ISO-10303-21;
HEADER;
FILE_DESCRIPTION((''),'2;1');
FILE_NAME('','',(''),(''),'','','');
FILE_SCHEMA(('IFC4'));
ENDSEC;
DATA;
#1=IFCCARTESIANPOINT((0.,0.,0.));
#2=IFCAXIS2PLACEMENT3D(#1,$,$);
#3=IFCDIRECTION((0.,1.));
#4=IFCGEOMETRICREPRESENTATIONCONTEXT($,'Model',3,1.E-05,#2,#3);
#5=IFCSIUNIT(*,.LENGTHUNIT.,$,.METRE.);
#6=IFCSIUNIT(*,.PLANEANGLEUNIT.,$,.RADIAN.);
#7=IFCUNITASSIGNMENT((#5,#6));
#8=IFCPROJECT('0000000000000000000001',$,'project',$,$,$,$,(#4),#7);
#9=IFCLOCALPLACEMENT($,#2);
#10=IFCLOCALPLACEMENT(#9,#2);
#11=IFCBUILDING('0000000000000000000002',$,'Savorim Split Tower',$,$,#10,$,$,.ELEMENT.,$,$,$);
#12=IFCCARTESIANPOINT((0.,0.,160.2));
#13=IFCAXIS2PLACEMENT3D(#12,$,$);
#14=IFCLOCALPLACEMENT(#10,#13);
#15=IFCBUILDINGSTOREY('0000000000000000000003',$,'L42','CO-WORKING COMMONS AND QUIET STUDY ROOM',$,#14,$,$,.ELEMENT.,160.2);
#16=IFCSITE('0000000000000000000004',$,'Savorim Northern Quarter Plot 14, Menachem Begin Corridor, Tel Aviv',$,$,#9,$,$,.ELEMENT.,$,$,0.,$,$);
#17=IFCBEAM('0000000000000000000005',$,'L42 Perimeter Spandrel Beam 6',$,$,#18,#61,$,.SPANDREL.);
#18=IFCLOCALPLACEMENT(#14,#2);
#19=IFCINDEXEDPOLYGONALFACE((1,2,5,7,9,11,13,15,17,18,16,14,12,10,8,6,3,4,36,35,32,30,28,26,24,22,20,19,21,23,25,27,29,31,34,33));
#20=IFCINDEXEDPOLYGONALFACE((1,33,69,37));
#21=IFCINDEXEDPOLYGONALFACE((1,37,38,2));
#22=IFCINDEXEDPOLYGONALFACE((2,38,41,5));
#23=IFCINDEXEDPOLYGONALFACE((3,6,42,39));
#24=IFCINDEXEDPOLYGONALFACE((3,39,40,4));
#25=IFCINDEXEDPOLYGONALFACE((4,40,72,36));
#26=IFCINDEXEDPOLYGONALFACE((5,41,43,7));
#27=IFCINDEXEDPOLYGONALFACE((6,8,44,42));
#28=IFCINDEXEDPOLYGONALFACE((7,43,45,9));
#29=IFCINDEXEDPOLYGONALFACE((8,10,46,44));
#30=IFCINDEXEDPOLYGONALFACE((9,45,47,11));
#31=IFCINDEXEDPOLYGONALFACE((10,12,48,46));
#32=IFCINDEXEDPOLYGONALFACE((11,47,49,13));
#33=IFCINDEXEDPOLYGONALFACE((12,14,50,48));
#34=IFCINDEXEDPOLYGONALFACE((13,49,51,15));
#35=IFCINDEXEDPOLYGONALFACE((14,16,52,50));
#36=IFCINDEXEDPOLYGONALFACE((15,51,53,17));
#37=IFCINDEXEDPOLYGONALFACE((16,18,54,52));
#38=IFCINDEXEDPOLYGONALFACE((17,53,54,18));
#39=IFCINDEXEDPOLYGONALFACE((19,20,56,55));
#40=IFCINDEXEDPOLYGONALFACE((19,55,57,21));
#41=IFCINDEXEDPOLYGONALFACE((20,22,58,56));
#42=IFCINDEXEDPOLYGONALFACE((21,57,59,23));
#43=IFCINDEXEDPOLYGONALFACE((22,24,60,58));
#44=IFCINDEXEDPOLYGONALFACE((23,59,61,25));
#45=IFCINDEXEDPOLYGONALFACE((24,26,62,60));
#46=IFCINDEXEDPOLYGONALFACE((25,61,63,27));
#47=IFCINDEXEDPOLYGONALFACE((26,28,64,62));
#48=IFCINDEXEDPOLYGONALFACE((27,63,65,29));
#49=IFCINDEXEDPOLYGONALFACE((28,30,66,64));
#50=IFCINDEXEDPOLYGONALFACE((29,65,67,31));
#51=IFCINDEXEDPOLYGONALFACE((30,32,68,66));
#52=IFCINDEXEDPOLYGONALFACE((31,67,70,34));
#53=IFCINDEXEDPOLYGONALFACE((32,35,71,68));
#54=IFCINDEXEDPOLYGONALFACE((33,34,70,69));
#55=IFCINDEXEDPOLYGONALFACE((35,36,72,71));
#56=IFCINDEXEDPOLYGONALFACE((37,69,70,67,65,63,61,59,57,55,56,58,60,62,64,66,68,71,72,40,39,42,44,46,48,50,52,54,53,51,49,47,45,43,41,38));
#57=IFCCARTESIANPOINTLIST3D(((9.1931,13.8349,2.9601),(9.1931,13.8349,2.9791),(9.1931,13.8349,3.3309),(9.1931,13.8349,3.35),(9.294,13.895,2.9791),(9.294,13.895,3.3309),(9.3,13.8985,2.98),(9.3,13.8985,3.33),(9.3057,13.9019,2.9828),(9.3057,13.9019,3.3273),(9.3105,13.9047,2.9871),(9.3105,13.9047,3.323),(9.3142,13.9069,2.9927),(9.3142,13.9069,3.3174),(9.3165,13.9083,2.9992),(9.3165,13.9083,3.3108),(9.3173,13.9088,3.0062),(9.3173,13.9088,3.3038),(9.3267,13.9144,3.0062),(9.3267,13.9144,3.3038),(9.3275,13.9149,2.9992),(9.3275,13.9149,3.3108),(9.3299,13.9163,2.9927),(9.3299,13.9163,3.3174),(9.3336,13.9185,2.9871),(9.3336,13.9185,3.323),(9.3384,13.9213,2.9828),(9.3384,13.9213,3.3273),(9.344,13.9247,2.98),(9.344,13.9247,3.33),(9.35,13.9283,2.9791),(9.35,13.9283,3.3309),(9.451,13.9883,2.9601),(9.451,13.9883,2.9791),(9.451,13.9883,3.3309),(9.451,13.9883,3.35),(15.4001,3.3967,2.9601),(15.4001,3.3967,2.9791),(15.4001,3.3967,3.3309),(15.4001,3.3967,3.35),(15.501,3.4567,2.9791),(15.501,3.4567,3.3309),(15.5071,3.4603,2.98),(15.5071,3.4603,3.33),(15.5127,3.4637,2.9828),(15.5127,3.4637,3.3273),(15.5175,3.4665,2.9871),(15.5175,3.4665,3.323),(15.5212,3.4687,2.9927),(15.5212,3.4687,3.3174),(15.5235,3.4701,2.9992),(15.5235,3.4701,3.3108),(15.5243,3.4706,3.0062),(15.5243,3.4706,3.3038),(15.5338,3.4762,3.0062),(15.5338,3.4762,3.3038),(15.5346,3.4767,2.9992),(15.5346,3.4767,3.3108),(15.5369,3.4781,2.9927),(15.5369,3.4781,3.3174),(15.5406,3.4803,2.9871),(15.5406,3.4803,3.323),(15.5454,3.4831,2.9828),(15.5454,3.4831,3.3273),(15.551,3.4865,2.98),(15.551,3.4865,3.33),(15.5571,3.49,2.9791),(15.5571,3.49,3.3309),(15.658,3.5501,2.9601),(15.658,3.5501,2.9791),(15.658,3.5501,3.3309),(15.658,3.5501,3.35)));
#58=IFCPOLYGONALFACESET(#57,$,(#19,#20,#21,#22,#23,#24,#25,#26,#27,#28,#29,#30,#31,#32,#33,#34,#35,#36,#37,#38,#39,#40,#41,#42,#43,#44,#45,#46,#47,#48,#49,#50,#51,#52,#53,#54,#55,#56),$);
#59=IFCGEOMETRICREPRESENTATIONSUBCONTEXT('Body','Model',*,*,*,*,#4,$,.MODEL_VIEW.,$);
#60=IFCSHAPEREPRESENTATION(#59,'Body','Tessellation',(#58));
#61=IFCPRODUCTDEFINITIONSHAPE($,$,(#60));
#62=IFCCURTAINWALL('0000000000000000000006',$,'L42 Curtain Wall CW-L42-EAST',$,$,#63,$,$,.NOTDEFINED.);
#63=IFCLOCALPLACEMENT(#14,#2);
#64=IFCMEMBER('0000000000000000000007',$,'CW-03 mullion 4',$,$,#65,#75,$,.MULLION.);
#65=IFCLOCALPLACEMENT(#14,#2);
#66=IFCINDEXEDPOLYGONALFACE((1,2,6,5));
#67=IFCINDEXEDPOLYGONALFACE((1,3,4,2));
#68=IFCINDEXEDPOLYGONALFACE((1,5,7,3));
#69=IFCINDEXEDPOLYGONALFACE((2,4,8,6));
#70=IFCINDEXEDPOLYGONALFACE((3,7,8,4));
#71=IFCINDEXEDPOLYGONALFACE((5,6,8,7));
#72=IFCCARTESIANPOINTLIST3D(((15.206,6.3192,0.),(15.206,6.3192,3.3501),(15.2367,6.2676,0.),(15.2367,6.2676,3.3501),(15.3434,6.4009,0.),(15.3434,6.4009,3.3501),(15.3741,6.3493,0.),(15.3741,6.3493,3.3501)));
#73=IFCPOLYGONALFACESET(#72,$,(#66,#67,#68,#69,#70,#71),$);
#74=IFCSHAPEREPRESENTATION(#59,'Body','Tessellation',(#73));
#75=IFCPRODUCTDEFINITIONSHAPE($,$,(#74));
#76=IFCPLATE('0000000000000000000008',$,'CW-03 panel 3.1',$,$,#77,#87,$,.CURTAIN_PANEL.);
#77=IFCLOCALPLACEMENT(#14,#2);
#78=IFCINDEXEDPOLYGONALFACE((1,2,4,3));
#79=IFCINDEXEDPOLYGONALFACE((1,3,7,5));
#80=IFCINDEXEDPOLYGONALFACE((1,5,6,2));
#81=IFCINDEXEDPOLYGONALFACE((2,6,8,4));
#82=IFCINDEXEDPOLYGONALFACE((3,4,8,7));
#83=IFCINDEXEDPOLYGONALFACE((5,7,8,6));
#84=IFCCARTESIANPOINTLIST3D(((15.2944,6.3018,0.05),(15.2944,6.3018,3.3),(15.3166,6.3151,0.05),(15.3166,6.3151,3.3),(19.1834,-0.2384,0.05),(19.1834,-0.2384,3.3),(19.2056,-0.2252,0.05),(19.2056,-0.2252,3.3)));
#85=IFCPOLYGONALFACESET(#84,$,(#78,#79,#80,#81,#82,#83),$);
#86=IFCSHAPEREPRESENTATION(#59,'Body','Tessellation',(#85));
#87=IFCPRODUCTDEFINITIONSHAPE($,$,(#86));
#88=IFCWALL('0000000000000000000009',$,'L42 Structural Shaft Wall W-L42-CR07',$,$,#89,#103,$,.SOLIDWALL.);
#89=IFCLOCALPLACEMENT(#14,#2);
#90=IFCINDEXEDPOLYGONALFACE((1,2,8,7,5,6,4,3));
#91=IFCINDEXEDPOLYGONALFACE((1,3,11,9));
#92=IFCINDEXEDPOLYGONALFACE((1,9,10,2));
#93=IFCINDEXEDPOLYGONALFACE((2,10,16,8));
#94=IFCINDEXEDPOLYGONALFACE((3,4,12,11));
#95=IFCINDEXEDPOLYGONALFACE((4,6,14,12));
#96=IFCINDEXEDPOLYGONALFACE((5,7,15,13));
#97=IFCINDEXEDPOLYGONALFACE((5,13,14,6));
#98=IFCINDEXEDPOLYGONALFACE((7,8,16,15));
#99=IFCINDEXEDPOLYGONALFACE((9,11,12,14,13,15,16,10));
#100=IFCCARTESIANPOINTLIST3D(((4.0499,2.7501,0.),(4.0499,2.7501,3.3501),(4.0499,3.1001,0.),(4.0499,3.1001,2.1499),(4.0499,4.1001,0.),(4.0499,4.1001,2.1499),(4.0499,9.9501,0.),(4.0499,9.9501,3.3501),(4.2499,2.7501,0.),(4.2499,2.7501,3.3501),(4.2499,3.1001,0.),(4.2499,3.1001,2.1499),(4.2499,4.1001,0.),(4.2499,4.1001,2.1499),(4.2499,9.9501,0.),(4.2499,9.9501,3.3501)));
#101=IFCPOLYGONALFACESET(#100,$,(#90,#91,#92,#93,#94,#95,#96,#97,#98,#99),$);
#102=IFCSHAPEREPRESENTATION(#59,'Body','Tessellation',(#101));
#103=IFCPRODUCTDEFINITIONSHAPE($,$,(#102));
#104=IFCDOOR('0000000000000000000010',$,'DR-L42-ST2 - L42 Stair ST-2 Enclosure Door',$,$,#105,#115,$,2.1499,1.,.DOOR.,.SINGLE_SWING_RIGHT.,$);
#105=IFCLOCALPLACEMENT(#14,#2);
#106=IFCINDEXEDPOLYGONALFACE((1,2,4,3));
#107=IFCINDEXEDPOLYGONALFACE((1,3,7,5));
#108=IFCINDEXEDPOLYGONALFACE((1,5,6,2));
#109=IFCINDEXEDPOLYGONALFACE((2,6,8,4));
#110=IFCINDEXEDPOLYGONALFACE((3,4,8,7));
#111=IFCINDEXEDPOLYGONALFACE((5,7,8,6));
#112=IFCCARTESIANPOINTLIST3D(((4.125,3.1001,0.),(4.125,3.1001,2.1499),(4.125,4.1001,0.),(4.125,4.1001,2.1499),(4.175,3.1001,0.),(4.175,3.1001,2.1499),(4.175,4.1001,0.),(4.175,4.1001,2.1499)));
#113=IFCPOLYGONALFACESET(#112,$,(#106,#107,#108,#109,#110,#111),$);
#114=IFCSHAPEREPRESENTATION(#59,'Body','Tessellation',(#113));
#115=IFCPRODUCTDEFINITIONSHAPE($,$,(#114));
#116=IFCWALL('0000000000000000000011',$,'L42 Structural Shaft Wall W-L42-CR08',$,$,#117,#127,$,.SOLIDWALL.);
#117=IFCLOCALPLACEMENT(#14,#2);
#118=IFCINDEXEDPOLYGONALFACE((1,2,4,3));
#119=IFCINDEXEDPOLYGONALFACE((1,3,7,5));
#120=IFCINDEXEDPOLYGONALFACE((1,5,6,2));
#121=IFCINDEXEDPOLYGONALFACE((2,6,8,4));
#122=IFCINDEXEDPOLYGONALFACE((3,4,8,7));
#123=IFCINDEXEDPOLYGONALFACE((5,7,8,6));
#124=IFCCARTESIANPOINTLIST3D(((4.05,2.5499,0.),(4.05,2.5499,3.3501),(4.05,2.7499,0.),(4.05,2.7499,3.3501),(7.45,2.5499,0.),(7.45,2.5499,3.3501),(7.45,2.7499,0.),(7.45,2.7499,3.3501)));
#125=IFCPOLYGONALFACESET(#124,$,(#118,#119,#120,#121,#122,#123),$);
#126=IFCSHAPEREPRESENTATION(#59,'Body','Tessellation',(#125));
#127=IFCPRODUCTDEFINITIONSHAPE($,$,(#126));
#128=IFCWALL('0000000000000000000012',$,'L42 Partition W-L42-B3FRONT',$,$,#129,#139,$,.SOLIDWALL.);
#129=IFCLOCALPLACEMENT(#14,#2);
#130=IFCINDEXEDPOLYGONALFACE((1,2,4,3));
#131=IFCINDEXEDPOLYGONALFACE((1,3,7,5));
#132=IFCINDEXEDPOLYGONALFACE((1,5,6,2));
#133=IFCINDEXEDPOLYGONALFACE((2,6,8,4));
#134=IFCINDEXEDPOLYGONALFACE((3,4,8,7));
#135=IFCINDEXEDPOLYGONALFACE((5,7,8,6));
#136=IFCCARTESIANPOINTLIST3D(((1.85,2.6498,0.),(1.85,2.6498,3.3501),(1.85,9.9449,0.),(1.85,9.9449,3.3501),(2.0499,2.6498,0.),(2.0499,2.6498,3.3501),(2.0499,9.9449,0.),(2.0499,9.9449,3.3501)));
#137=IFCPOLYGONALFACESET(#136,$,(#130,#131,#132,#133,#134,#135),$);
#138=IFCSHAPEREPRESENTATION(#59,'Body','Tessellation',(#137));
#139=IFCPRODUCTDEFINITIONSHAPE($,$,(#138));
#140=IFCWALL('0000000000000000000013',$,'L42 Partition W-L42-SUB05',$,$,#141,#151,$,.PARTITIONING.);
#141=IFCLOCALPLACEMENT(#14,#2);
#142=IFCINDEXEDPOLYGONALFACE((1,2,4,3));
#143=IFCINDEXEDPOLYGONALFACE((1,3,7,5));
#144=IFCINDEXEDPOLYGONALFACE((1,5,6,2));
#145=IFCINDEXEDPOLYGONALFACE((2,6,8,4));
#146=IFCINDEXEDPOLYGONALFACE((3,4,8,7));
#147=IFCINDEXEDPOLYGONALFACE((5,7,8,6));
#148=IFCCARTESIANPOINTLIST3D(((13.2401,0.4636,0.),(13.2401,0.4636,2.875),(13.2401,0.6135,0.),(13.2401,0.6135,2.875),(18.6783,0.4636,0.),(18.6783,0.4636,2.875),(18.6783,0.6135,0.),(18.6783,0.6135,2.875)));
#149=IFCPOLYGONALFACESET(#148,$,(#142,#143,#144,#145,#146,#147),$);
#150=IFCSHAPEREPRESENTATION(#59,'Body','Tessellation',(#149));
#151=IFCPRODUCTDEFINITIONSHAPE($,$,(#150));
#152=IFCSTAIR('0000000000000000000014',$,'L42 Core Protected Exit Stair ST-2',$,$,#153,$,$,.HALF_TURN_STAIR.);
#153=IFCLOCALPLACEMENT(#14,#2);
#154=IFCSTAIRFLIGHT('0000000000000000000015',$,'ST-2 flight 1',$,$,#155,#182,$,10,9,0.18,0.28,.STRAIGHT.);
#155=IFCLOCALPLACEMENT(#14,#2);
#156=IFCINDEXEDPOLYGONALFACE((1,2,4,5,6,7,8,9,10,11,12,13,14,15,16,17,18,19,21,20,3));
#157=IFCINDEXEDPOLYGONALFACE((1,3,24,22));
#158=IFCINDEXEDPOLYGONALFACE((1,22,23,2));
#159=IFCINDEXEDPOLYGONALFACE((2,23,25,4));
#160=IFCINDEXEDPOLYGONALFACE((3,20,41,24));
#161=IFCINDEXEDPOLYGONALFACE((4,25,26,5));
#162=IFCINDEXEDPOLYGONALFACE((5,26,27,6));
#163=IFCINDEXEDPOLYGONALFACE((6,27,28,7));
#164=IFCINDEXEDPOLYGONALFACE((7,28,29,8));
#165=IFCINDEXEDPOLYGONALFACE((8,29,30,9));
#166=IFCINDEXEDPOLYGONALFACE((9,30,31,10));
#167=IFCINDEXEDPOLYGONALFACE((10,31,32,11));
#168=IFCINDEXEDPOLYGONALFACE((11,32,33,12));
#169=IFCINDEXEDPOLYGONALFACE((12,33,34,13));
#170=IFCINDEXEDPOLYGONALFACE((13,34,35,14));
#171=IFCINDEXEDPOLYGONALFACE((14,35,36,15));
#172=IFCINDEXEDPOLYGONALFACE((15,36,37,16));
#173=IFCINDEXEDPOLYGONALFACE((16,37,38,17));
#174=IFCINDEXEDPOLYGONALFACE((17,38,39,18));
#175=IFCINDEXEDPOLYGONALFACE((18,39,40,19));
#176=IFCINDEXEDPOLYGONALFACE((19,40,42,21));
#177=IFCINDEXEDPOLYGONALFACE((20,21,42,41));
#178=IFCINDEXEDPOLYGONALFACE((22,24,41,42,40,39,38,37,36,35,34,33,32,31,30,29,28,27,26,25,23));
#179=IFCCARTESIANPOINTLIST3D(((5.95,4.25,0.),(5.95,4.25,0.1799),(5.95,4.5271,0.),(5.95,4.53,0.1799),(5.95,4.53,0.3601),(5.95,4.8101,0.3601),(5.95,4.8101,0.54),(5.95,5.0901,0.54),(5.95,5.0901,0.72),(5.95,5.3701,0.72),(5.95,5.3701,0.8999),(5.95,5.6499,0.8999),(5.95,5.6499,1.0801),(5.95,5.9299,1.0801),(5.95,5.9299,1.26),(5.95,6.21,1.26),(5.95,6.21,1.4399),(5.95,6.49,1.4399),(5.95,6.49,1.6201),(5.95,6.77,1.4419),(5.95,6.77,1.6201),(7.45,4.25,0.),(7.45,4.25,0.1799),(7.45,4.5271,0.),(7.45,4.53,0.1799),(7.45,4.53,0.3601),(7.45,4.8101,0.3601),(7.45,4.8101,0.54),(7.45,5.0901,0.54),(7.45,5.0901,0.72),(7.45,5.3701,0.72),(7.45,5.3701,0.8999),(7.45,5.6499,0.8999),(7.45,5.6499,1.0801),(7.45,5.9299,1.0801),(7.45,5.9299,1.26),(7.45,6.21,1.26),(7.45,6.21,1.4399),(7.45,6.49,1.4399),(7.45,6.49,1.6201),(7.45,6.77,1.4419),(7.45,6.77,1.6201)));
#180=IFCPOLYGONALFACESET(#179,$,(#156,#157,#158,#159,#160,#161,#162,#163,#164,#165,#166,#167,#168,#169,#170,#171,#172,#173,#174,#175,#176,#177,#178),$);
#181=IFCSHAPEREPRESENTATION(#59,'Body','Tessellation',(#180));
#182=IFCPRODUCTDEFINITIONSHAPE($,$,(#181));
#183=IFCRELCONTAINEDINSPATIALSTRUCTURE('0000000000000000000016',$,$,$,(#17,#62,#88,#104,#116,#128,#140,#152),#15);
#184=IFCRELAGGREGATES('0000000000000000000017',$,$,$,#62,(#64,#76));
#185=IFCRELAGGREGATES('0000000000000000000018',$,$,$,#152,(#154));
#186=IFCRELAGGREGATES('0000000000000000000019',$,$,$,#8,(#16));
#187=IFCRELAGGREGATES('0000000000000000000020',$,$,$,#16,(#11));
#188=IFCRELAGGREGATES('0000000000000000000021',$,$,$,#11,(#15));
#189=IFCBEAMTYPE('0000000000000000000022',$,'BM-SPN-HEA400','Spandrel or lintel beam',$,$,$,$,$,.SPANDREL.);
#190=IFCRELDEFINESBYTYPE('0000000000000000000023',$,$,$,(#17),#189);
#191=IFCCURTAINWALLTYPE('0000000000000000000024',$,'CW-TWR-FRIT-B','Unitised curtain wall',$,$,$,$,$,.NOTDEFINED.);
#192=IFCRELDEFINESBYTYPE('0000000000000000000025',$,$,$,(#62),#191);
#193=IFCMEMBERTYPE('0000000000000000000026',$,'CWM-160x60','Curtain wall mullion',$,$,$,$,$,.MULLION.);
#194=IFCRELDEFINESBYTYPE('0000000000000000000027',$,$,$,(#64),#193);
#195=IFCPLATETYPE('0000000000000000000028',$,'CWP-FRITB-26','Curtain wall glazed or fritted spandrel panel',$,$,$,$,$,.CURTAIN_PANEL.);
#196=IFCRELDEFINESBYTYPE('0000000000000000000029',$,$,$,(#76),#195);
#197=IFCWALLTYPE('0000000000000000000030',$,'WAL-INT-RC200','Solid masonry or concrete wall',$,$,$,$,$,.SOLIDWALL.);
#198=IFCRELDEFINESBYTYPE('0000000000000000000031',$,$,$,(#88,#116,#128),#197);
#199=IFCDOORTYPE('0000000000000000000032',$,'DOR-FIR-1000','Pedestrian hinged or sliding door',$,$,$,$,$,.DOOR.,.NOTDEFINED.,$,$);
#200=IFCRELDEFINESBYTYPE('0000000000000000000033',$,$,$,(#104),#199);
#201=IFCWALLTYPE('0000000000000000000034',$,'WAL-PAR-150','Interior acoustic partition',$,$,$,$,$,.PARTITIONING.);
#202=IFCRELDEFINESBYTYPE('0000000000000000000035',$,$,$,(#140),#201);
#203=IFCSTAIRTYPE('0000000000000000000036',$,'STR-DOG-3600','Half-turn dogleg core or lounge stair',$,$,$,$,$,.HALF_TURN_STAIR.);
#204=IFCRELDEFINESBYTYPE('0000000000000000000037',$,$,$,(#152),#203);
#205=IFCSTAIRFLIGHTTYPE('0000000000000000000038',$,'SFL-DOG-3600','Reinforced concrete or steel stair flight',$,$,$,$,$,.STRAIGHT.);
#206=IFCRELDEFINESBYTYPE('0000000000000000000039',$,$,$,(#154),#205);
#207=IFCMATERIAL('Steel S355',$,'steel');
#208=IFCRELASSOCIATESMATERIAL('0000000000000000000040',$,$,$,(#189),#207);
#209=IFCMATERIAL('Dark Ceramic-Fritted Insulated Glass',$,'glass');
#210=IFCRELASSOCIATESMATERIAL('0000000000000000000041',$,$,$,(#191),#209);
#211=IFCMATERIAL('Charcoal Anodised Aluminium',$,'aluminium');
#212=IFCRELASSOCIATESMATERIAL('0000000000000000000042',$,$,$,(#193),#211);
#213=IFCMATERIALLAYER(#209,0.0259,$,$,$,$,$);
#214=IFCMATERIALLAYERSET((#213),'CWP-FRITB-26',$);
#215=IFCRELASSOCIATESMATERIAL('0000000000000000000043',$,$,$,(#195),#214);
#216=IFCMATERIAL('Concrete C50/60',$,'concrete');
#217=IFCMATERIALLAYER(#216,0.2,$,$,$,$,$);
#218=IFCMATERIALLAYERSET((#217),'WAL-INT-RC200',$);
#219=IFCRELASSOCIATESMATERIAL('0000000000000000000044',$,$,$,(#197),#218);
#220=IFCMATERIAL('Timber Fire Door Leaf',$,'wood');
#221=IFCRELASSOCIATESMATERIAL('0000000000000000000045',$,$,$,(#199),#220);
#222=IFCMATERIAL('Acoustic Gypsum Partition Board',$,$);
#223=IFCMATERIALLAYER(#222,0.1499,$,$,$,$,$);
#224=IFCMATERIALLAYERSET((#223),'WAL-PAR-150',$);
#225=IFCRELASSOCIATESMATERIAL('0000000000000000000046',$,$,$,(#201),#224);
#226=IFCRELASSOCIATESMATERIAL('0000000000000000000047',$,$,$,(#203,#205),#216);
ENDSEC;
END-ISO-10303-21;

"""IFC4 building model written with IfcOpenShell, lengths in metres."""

from ifc_helpers import new_model, si_unit, direction, frame, frame_2d, origin, origin_2d, place, context, subcontext, project, spatial, polyline, rectangle, i_section, outline, extrude, material, layer, layer_set, material_profile, profile_set, type_object, element, fill, aggregate, save


model = new_model("IFC4")

# Units and contexts
model_context = context("Model", 3, precision=1e-05, world=origin(), true_north=direction((0.0, 1.0)))
body_context = subcontext(model_context, "Body", "Model", "MODEL_VIEW")
ifc_project = project(units=[si_unit("LENGTHUNIT", "METRE"), si_unit("PLANEANGLEUNIT", "RADIAN")], contexts=[model_context])

# Site, building, storey
site_placement = place(None, origin())
site = spatial("IfcSite", under=ifc_project, at=site_placement, Name="Savorim Northern Quarter Plot 14, Menachem Begin Corridor, Tel Aviv", CompositionType="ELEMENT", RefElevation=0.0)
building_placement = place(site_placement, origin())
building = spatial("IfcBuilding", under=site, at=building_placement, Name="Savorim Split Tower", CompositionType="ELEMENT")
storey_placement = place(building_placement, frame((0.0, 0.0, 160.2)))
storey = spatial("IfcBuildingStorey", under=building, at=storey_placement, Name="L42", Description="CO-WORKING COMMONS AND QUIET STUDY ROOM", CompositionType="ELEMENT", Elevation=160.2)

# Beam
ifc_material_1 = material(Name="Steel S355", Category="steel")
ifc_material_profile_1 = material_profile(ifc_material_1, i_section(OverallWidth=0.3, OverallDepth=0.3899, WebThickness=0.011, FlangeThickness=0.019, FilletRadius=0.0271, at=origin_2d()), Name="HEA 400")
ifc_profile_set_1 = profile_set([ifc_material_profile_1], Name="Steel S355")
beam_type_1 = type_object("IfcBeamType", Name="BM-SPN-HEA400", Description="Spandrel or lintel beam", PredefinedType="SPANDREL", material=ifc_profile_set_1)
beam_1_placement = place(storey_placement, frame((15.5291, 3.4734, 3.155), z_axis=(-0.511107, 0.859517, 0.0), x_axis=(-0.859517, -0.511107, 0.0)))
element("IfcBeam", 1, at=beam_1_placement, inside=storey, type_object=beam_type_1, Name="L42 Perimeter Spandrel Beam 6", PredefinedType="SPANDREL", context=body_context, shape_type="SweptSolid", body=[
    extrude(i_section(OverallWidth=0.3, OverallDepth=0.3899, WebThickness=0.011, FlangeThickness=0.019, FilletRadius=0.0271, at=origin_2d()), origin(), (0.0, 0.0, 1.0), 12.1443),
])

# Curtain wall, member, plate
ifc_material_2 = material(Name="Dark Ceramic-Fritted Insulated Glass", Category="glass")
curtain_wall_type = type_object("IfcCurtainWallType", Name="CW-TWR-FRIT-B", Description="Unitised curtain wall", PredefinedType="NOTDEFINED", material=ifc_material_2)
curtain_wall_placement = place(storey_placement, origin())
curtain_wall = element("IfcCurtainWall", 2, at=curtain_wall_placement, inside=storey, type_object=curtain_wall_type, Name="L42 Curtain Wall CW-L42-EAST", PredefinedType="NOTDEFINED")
ifc_material_3 = material(Name="Charcoal Anodised Aluminium", Category="aluminium")
ifc_material_profile_2 = material_profile(ifc_material_3, rectangle(XDim=0.1599, YDim=0.0601, at=origin_2d()), Name="ALU-M 160x60")
ifc_profile_set_2 = profile_set([ifc_material_profile_2], Name="Charcoal Anodised Aluminium")
member_type = type_object("IfcMemberType", Name="CWM-160x60", Description="Curtain wall mullion", PredefinedType="MULLION", material=ifc_profile_set_2)
member_placement = place(storey_placement, frame((15.29, 6.3342, 0.0), z_axis=(0.0, 0.0, 1.0), x_axis=(-0.859526, -0.511091, 0.0)))
member = element("IfcMember", 3, at=member_placement, type_object=member_type, Name="CW-03 mullion 4", PredefinedType="MULLION", context=body_context, shape_type="SweptSolid", body=[
    extrude(rectangle(XDim=0.1599, YDim=0.0601, at=origin_2d()), origin(), (0.0, 0.0, 1.0), 3.3501),
])
ifc_layer_1 = layer(ifc_material_2, 0.0259)
ifc_layer_set_1 = layer_set([ifc_layer_1], Name="CWP-FRITB-26")
plate_type = type_object("IfcPlateType", Name="CWP-FRITB-26", Description="Curtain wall glazed or fritted spandrel panel", PredefinedType="CURTAIN_PANEL", material=ifc_layer_set_1)
plate_placement = place(storey_placement, frame((17.25, 3.0383, 0.05), z_axis=(0.0, 0.0, 1.0), x_axis=(-0.511091, 0.859526, 0.0)))
plate = element("IfcPlate", 4, at=plate_placement, type_object=plate_type, Name="CW-03 panel 3.1", PredefinedType="CURTAIN_PANEL", context=body_context, shape_type="SweptSolid", body=[
    extrude(rectangle(XDim=7.6091, YDim=0.0259, at=origin_2d()), origin(), (0.0, 0.0, 1.0), 3.25),
])
aggregate(curtain_wall, [member, plate])

# Wall, opening, door
ifc_material_4 = material(Name="Concrete C50/60", Category="concrete")
ifc_layer_2 = layer(ifc_material_4, 0.2)
ifc_layer_set_2 = layer_set([ifc_layer_2], Name="WAL-INT-RC200")
wall_type_1 = type_object("IfcWallType", Name="WAL-INT-RC200", Description="Solid masonry or concrete wall", PredefinedType="SOLIDWALL", material=ifc_layer_set_2)
wall_1_placement = place(storey_placement, frame((4.1499, 2.75, 0.0), z_axis=(0.0, 0.0, 1.0), x_axis=(0.0, 1.0, 0.0)))
wall_1 = element("IfcWall", 5, at=wall_1_placement, inside=storey, type_object=wall_type_1, Name="L42 Structural Shaft Wall W-L42-CR07", PredefinedType="SOLIDWALL", context=body_context, shape_type="SweptSolid", body=[
    extrude(rectangle(XDim=7.2, YDim=0.2, at=frame_2d((3.6001, 0.0))), origin(), (0.0, 0.0, 1.0), 3.3501),
])
opening_placement = place(wall_1_placement, frame((0.3501, 0.0, 0.0)))
opening = element("IfcOpeningElement", 6, at=opening_placement, cuts=wall_1, PredefinedType="OPENING", context=body_context, shape_type="SweptSolid", body=[
    extrude(rectangle(XDim=1.0, YDim=2.1499, at=frame_2d((0.5, 1.075))), frame((0.0, 0.1099, 0.0), z_axis=(0.0, -1.0, 0.0), x_axis=(1.0, 0.0, 0.0)), (0.0, 0.0, 1.0), 0.22),
])
ifc_material_5 = material(Name="Timber Fire Door Leaf", Category="wood")
door_type = type_object("IfcDoorType", Name="DOR-FIR-1000", Description="Pedestrian hinged or sliding door", OperationType="NOTDEFINED", PredefinedType="DOOR", material=ifc_material_5)
door_placement = place(opening_placement, origin())
door = element("IfcDoor", 7, at=door_placement, inside=storey, type_object=door_type, Name="DR-L42-ST2 - L42 Stair ST-2 Enclosure Door", OperationType="SINGLE_SWING_RIGHT", OverallHeight=2.1499, OverallWidth=1.0, PredefinedType="DOOR", context=body_context, shape_type="SweptSolid", body=[
    extrude(rectangle(XDim=1.0, YDim=2.1499, at=frame_2d((0.5, 1.075))), frame((0.0, 0.0249, 0.0), z_axis=(0.0, -1.0, 0.0), x_axis=(1.0, 0.0, 0.0)), (0.0, 0.0, 1.0), 0.05),
])
fill(opening, door)

# Walls
wall_2_placement = place(storey_placement, frame((4.05, 2.6499, 0.0), z_axis=(0.0, 0.0, 1.0), x_axis=(1.0, 0.0, 0.0)))
element("IfcWall", 8, at=wall_2_placement, inside=storey, type_object=wall_type_1, Name="L42 Structural Shaft Wall W-L42-CR08", PredefinedType="SOLIDWALL", context=body_context, shape_type="SweptSolid", body=[
    extrude(rectangle(XDim=3.3999, YDim=0.2, at=frame_2d((1.7, 0.0))), origin(), (0.0, 0.0, 1.0), 3.3501),
])
wall_3_placement = place(storey_placement, frame((1.95, 2.6499, 0.0), z_axis=(0.0, 0.0, 1.0), x_axis=(0.0, 1.0, 0.0)))
element("IfcWall", 9, at=wall_3_placement, inside=storey, type_object=wall_type_1, Name="L42 Partition W-L42-B3FRONT", PredefinedType="SOLIDWALL", context=body_context, shape_type="SweptSolid", body=[
    extrude(rectangle(XDim=7.2952, YDim=0.2, at=frame_2d((3.6475, 0.0))), origin(), (0.0, 0.0, 1.0), 3.3501),
])
ifc_material_6 = material(Name="Acoustic Gypsum Partition Board")
ifc_layer_3 = layer(ifc_material_6, 0.1499)
ifc_layer_set_3 = layer_set([ifc_layer_3], Name="WAL-PAR-150")
wall_type_2 = type_object("IfcWallType", Name="WAL-PAR-150", Description="Interior acoustic partition", PredefinedType="PARTITIONING", material=ifc_layer_set_3)
wall_4_placement = place(storey_placement, frame((13.24, 0.5386, 0.0), z_axis=(0.0, 0.0, 1.0), x_axis=(1.0, 0.0, 0.0)))
element("IfcWall", 10, at=wall_4_placement, inside=storey, type_object=wall_type_2, Name="L42 Partition W-L42-SUB05", PredefinedType="PARTITIONING", context=body_context, shape_type="SweptSolid", body=[
    extrude(rectangle(XDim=5.4382, YDim=0.1499, at=frame_2d((2.7192, 0.0))), origin(), (0.0, 0.0, 1.0), 2.875),
])

# Stair, stair flight
stair_type = type_object("IfcStairType", Name="STR-DOG-3600", Description="Half-turn dogleg core or lounge stair", PredefinedType="HALF_TURN_STAIR", material=ifc_material_4)
stair_placement = place(storey_placement, origin())
stair = element("IfcStair", 11, at=stair_placement, inside=storey, type_object=stair_type, Name="L42 Core Protected Exit Stair ST-2", PredefinedType="HALF_TURN_STAIR")
stair_flight_type = type_object("IfcStairFlightType", Name="SFL-DOG-3600", Description="Reinforced concrete or steel stair flight", PredefinedType="STRAIGHT", material=ifc_material_4)
stair_flight_placement = place(storey_placement, frame((6.7, 4.25, 0.0), z_axis=(0.0, 0.0, 1.0), x_axis=(0.0, 1.0, 0.0)))
stair_flight = element("IfcStairFlight", 12, at=stair_flight_placement, type_object=stair_flight_type, Name="ST-2 flight 1", NumberOfRisers=10, NumberOfTreads=9, PredefinedType="STRAIGHT", RiserHeight=0.18, TreadLength=0.28, context=body_context, shape_type="SweptSolid", body=[
    extrude(outline(polyline([(0.0, 0.0), (0.0, 0.1799), (0.28, 0.1799), (0.28, 0.3601), (0.5601, 0.3601), (0.5601, 0.54), (0.8401, 0.54), (0.8401, 0.72), (1.1201, 0.72), (1.1201, 0.8999), (1.3999, 0.8999), (1.3999, 1.0801), (1.6799, 1.0801), (1.6799, 1.26), (1.96, 1.26), (1.96, 1.4399), (2.24, 1.4399), (2.24, 1.6201), (2.52, 1.6201), (2.52, 1.8), (2.52, 1.4419), (0.2771, 0.0), (0.0, 0.0)])), frame((0.0, 0.75, 0.0), z_axis=(0.0, -1.0, 0.0), x_axis=(1.0, 0.0, 0.0)), (0.0, 0.0, 1.0), 1.5),
])
aggregate(stair, [stair_flight])

save(model, "model.ifc")
